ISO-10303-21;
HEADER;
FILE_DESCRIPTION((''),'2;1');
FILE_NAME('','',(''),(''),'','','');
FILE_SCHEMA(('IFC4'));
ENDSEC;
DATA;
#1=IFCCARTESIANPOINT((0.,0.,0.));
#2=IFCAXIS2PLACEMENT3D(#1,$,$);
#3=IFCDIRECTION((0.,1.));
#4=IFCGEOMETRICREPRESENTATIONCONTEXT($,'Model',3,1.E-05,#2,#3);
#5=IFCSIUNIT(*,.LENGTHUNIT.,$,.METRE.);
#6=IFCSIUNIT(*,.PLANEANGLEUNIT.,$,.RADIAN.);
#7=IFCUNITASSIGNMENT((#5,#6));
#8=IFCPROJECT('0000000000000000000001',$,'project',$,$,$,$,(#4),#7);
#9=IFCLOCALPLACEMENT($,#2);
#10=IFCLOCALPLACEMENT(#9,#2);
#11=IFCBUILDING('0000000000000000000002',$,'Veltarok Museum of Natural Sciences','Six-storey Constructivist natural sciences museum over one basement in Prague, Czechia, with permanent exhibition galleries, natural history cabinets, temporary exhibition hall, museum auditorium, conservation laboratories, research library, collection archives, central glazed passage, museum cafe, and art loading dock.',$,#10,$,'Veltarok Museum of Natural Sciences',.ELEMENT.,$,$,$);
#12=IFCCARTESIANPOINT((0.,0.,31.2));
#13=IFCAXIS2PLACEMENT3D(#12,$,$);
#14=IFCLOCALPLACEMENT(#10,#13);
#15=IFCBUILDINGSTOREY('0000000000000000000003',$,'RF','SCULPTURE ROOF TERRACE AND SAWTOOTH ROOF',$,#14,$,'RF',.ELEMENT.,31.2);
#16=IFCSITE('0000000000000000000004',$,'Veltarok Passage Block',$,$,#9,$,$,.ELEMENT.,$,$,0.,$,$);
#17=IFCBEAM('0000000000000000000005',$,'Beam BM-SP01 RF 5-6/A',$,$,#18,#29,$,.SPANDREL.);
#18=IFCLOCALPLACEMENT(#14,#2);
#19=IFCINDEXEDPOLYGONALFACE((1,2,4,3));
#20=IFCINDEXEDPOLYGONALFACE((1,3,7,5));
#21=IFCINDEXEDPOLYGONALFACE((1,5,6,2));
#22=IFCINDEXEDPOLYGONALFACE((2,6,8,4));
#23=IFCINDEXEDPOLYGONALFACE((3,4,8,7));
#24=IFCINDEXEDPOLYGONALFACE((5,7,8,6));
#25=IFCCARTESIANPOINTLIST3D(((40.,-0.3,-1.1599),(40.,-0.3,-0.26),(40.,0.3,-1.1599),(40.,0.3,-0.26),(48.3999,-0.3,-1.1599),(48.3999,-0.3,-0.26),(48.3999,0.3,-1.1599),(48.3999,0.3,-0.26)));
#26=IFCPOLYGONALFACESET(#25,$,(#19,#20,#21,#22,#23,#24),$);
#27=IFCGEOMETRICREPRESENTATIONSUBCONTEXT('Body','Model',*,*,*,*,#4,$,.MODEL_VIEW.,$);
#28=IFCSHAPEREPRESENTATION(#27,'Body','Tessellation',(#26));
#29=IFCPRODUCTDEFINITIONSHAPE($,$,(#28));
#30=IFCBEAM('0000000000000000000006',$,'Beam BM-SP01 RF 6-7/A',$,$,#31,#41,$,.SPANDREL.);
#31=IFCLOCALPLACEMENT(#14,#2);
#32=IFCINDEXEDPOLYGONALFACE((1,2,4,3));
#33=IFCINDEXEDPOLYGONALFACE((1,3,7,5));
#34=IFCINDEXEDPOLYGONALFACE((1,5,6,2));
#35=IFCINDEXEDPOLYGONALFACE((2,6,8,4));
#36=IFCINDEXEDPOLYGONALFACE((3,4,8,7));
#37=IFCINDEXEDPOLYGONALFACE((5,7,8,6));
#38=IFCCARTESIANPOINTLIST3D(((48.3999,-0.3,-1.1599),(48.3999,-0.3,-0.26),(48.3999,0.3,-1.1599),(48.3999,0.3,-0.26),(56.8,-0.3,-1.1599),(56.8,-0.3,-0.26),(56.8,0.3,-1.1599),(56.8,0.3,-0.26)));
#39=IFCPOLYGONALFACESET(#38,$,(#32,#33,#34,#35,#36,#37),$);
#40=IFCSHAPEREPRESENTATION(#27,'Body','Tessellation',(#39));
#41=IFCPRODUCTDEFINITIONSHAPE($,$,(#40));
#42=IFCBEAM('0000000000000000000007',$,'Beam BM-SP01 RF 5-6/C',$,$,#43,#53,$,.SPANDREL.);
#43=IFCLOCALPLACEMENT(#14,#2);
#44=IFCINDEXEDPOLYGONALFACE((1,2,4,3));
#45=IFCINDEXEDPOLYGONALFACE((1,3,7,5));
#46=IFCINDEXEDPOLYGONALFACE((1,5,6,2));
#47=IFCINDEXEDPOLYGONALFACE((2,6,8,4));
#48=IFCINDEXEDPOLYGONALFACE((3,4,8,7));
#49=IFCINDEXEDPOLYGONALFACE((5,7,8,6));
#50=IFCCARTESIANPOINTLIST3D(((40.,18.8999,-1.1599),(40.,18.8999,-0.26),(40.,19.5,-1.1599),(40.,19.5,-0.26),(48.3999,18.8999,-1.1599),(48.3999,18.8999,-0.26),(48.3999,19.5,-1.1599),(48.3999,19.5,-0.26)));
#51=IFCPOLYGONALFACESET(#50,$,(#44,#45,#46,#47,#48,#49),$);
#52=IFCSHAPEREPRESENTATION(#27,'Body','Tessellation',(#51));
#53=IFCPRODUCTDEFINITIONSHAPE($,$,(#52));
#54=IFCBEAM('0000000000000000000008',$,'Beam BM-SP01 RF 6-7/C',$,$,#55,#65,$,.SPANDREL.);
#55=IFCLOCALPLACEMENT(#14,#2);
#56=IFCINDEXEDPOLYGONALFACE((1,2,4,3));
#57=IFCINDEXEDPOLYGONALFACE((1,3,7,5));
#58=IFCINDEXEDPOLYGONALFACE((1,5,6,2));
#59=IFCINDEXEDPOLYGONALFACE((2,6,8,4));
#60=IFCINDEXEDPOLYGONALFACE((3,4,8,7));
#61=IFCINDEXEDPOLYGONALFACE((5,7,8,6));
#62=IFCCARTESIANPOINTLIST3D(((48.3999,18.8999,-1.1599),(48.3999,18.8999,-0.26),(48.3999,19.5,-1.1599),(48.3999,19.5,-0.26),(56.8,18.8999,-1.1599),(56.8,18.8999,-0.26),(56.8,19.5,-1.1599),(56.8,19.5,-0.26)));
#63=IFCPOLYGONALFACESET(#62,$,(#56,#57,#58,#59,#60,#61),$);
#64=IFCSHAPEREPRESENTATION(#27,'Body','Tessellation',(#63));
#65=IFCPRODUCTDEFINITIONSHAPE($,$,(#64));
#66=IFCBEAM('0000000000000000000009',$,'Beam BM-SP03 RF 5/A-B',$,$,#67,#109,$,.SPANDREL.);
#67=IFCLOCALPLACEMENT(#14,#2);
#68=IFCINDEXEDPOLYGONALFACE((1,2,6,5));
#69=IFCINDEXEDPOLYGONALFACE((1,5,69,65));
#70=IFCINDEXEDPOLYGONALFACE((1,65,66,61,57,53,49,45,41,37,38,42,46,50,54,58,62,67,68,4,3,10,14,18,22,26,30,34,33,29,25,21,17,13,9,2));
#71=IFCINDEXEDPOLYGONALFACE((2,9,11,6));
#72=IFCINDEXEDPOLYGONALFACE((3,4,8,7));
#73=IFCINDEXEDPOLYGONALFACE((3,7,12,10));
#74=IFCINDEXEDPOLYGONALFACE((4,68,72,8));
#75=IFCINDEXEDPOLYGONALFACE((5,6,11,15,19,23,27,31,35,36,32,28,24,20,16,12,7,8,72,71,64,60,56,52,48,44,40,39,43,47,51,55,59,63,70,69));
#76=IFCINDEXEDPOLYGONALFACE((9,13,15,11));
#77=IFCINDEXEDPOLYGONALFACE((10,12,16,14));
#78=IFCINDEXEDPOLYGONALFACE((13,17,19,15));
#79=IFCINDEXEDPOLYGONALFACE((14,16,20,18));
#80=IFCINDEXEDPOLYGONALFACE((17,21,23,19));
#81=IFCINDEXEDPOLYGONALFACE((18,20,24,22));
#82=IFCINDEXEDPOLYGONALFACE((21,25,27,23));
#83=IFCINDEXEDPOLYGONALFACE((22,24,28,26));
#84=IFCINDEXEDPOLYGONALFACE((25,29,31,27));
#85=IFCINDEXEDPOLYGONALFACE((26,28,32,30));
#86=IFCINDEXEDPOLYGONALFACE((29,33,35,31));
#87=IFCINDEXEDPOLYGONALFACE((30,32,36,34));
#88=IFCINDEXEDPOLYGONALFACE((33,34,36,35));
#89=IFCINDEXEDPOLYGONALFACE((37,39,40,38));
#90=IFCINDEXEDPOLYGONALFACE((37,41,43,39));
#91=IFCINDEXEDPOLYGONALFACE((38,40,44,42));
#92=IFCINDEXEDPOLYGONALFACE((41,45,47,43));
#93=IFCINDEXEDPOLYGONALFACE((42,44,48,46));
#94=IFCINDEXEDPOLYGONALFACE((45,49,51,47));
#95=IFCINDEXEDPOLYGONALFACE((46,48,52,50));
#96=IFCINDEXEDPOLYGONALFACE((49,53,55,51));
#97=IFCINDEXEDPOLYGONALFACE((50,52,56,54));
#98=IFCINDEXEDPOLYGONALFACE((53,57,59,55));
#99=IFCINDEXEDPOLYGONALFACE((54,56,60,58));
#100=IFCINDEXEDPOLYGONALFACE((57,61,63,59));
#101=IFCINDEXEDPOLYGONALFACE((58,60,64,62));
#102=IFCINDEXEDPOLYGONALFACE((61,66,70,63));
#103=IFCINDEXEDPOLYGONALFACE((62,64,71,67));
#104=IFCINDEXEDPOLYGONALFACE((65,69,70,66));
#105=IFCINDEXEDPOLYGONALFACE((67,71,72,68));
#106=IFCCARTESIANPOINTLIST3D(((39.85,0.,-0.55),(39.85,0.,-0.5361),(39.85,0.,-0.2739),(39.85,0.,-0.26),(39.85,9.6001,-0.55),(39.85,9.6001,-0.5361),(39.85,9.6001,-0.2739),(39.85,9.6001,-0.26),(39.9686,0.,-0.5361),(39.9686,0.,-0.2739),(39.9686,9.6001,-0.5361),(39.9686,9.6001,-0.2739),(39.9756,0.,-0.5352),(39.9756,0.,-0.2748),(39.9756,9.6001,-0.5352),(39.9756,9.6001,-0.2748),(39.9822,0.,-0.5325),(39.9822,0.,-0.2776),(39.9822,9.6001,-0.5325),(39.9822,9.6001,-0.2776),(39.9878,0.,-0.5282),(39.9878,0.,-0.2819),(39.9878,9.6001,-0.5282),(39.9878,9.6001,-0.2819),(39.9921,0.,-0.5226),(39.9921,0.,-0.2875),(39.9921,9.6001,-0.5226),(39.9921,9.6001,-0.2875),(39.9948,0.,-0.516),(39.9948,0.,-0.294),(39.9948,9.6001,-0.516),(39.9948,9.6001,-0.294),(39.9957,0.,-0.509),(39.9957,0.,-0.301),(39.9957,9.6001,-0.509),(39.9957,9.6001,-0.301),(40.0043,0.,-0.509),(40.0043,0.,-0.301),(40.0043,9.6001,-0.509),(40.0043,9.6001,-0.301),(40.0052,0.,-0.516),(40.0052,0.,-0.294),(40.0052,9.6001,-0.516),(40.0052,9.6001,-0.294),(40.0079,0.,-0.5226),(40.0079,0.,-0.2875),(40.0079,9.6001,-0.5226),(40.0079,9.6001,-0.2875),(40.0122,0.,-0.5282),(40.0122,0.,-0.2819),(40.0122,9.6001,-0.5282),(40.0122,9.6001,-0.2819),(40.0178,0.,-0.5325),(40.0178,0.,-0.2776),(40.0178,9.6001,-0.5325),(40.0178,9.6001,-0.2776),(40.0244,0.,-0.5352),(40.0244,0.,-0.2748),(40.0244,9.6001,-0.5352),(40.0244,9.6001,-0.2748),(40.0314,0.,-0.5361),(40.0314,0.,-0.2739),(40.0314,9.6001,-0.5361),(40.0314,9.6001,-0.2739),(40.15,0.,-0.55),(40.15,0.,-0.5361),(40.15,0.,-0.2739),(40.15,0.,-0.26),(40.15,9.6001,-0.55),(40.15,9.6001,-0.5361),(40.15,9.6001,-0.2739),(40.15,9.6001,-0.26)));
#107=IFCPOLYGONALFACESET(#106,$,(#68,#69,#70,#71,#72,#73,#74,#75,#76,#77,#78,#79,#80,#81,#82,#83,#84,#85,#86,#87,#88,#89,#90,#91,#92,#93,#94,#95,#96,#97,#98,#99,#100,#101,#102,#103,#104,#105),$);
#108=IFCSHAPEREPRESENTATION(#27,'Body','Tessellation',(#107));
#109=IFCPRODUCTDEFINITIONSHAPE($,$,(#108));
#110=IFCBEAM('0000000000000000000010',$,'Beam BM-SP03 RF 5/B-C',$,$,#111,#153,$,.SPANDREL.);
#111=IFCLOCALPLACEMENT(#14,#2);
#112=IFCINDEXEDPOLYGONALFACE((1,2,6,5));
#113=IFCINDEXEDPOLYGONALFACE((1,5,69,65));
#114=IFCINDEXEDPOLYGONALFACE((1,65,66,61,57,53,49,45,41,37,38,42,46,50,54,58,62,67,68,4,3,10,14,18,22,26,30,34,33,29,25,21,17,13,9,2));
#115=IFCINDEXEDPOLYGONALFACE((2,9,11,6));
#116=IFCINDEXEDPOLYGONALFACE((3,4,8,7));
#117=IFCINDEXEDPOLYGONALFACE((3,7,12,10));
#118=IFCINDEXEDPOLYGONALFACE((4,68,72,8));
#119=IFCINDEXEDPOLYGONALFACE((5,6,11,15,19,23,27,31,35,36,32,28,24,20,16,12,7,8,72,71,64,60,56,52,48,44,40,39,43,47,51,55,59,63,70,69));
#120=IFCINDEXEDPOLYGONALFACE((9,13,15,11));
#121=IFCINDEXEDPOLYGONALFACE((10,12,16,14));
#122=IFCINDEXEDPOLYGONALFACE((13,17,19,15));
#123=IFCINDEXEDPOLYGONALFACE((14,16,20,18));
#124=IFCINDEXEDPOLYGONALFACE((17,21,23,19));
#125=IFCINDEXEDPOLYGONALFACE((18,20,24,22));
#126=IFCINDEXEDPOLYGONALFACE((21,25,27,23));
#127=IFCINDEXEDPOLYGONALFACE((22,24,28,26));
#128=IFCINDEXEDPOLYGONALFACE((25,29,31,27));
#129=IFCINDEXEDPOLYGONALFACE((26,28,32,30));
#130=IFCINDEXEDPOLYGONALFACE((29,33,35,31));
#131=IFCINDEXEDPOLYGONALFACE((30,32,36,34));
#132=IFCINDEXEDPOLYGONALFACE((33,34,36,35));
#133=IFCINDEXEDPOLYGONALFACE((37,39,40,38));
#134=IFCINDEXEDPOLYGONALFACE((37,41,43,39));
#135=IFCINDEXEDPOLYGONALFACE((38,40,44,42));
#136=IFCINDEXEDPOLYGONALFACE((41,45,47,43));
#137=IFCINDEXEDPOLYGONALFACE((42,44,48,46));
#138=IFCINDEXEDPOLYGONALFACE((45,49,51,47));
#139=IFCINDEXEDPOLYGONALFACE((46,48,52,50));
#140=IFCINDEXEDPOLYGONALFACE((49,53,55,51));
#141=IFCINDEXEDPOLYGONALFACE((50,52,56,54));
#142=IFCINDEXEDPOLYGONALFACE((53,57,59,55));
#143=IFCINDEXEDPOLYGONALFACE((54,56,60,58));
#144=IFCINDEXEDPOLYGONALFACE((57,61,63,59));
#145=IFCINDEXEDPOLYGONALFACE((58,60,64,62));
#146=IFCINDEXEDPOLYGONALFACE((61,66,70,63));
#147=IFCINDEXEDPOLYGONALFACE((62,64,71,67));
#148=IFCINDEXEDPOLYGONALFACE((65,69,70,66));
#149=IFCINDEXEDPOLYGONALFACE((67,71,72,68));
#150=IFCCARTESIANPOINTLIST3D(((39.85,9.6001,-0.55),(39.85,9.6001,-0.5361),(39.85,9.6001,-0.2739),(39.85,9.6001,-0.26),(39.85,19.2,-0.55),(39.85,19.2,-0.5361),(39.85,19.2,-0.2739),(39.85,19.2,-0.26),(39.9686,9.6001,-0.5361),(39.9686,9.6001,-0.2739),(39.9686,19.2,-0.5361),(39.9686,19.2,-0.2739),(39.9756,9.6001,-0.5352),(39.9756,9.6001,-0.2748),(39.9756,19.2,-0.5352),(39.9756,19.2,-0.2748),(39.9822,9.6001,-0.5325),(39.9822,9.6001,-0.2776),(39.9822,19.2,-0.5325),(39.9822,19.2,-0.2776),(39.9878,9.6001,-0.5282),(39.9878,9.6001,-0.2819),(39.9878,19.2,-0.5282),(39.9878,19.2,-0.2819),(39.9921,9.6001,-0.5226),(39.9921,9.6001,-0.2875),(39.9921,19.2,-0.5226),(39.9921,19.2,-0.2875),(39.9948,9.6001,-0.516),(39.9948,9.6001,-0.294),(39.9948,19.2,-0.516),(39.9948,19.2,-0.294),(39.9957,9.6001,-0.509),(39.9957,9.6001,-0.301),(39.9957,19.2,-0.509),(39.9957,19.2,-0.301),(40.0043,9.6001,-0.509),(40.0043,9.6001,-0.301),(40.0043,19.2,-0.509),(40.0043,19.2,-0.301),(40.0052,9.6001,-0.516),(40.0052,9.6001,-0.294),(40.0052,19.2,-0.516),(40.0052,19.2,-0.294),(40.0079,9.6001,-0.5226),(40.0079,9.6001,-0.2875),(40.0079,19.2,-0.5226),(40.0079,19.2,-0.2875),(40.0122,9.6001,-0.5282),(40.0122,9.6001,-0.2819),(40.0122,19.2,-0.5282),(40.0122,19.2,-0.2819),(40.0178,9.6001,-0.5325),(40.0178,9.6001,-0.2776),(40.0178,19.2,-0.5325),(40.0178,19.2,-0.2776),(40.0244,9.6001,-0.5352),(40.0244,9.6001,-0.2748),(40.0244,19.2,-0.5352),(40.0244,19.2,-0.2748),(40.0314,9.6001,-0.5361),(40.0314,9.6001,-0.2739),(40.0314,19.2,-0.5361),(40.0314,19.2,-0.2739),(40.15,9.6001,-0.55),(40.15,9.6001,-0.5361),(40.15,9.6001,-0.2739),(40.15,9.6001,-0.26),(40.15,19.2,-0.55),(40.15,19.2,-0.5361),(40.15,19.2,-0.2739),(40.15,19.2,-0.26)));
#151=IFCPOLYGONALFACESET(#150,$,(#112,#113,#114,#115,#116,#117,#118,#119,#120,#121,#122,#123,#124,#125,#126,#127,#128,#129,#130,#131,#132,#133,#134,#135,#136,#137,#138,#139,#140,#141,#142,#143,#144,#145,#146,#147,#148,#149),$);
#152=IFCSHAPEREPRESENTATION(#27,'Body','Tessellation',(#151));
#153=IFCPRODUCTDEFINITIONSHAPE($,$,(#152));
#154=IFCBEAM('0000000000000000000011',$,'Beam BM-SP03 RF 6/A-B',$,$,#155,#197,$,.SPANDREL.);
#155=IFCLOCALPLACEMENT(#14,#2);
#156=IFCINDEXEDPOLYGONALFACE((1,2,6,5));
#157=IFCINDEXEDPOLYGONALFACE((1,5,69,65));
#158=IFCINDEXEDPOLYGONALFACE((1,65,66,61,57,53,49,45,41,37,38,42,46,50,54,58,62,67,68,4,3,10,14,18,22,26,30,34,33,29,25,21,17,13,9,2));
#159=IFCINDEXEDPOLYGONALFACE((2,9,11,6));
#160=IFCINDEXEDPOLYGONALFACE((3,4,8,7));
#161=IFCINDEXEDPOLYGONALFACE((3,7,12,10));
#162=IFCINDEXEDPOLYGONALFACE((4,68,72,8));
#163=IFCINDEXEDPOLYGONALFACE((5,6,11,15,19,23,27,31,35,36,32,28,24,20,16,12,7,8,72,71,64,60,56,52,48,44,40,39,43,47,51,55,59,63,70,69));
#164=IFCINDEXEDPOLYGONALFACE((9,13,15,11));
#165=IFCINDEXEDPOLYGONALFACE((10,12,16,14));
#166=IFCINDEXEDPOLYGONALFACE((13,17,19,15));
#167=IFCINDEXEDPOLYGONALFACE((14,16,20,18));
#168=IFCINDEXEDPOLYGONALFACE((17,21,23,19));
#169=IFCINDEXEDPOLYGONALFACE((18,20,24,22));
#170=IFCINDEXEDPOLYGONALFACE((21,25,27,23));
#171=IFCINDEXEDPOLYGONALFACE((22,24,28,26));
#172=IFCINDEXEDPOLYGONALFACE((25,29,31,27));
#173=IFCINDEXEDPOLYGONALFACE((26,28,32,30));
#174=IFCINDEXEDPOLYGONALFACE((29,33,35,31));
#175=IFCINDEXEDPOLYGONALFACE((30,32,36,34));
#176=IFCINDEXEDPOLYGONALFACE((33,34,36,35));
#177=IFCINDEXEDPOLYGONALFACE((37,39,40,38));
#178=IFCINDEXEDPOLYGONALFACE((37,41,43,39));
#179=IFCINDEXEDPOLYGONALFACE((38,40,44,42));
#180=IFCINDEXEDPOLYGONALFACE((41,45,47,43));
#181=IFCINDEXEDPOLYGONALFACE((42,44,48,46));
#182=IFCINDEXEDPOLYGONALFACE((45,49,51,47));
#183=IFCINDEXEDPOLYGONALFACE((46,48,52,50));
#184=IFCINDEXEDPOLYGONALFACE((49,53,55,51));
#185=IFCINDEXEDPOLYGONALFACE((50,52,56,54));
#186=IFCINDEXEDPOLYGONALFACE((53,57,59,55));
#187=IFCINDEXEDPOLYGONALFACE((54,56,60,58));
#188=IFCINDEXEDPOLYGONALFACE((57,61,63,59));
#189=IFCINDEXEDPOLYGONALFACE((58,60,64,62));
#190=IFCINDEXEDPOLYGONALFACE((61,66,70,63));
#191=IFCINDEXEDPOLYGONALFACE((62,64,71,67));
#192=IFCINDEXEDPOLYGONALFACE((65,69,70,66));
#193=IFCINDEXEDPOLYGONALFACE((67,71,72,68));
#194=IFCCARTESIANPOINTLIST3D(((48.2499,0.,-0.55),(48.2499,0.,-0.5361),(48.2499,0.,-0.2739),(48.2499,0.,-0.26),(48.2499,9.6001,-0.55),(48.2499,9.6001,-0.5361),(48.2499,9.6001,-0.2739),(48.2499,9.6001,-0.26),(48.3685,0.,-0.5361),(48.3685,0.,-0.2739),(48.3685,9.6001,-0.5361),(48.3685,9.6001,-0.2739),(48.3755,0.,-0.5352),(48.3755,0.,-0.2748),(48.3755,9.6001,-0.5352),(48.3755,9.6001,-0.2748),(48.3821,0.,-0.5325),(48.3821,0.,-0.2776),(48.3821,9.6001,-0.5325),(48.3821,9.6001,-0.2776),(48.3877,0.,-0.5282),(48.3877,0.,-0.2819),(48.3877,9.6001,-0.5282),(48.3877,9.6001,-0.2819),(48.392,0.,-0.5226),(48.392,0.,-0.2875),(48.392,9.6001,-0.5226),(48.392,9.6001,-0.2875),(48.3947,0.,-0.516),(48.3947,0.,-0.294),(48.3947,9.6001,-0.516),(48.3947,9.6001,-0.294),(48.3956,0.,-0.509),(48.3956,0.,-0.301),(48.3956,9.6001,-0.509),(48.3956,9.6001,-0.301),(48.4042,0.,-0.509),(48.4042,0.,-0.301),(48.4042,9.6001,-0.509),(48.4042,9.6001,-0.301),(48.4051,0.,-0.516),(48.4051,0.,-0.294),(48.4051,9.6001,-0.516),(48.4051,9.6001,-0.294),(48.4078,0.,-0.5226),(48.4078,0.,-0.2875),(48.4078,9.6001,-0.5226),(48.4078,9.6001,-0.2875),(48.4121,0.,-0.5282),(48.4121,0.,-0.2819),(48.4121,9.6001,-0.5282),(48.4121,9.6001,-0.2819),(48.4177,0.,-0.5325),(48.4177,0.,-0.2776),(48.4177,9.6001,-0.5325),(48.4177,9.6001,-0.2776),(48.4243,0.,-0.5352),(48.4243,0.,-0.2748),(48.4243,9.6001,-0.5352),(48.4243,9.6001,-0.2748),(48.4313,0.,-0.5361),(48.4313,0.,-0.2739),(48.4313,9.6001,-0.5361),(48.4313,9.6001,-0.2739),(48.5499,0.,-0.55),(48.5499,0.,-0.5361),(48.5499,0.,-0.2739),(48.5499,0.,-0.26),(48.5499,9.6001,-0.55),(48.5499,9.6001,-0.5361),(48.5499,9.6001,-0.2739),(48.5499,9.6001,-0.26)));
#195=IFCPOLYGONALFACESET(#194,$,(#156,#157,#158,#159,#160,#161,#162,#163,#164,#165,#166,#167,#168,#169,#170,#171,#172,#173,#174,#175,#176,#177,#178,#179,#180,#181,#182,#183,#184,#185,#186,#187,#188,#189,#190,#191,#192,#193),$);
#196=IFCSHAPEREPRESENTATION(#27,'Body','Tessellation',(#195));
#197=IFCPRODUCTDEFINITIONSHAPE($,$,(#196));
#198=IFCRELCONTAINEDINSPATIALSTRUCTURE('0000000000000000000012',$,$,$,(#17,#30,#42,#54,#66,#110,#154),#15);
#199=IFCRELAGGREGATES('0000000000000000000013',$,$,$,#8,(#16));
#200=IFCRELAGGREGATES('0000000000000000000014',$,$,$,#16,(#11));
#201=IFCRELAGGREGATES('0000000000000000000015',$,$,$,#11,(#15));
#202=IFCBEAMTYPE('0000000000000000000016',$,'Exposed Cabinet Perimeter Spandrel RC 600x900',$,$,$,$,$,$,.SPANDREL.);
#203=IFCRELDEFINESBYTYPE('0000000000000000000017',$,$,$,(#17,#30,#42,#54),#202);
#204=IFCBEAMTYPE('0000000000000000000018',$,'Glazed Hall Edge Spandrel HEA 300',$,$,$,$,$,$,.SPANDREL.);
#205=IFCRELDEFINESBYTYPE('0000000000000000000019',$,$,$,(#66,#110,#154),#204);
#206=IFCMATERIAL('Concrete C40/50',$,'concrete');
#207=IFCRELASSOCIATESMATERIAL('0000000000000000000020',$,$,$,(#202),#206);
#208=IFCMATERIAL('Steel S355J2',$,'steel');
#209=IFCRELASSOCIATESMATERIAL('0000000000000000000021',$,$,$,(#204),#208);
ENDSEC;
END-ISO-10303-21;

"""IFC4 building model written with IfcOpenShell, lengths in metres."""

from ifc_helpers import new_model, si_unit, direction, frame, origin, origin_2d, place, context, subcontext, project, spatial, rectangle, i_section, extrude, material, material_profile, profile_set, type_object, element, save


model = new_model("IFC4")

# Units and contexts
model_context = context("Model", 3, precision=1e-05, world=origin(), true_north=direction((0.0, 1.0)))
body_context = subcontext(model_context, "Body", "Model", "MODEL_VIEW")
ifc_project = project(units=[si_unit("LENGTHUNIT", "METRE"), si_unit("PLANEANGLEUNIT", "RADIAN")], contexts=[model_context])

# Site, building, storey
site_placement = place(None, origin())
site = spatial("IfcSite", under=ifc_project, at=site_placement, Name="Veltarok Passage Block", CompositionType="ELEMENT", RefElevation=0.0)
building_placement = place(site_placement, origin())
building = spatial("IfcBuilding", under=site, at=building_placement, Name="Veltarok Museum of Natural Sciences", Description="Six-storey Constructivist natural sciences museum over one basement in Prague, Czechia, with permanent exhibition galleries, natural history cabinets, temporary exhibition hall, museum auditorium, conservation laboratories, research library, collection archives, central glazed passage, museum cafe, and art loading dock.", LongName="Veltarok Museum of Natural Sciences", CompositionType="ELEMENT")
storey_placement = place(building_placement, frame((0.0, 0.0, 31.2)))
storey = spatial("IfcBuildingStorey", under=building, at=storey_placement, Name="RF", Description="SCULPTURE ROOF TERRACE AND SAWTOOTH ROOF", LongName="RF", CompositionType="ELEMENT", Elevation=31.2)

# Beams
ifc_material_1 = material(Name="Concrete C40/50", Category="concrete")
ifc_material_profile_1 = material_profile(ifc_material_1, rectangle(XDim=0.6001, YDim=0.8999, at=origin_2d()), Name="RC 600x900")
ifc_profile_set_1 = profile_set([ifc_material_profile_1], Name="Concrete C40/50")
beam_type_1 = type_object("IfcBeamType", Name="Exposed Cabinet Perimeter Spandrel RC 600x900", PredefinedType="SPANDREL", material=ifc_profile_set_1)
beam_1_placement = place(storey_placement, frame((40.0, 0.0, -0.71), z_axis=(1.0, 0.0, 0.0), x_axis=(0.0, 1.0, 0.0)))
element("IfcBeam", 1, at=beam_1_placement, inside=storey, type_object=beam_type_1, Name="Beam BM-SP01 RF 5-6/A", PredefinedType="SPANDREL", context=body_context, shape_type="SweptSolid", body=[
    extrude(rectangle(XDim=0.6001, YDim=0.8999, at=origin_2d()), origin(), (0.0, 0.0, 1.0), 8.3999),
])
beam_2_placement = place(storey_placement, frame((48.3999, 0.0, -0.71), z_axis=(1.0, 0.0, 0.0), x_axis=(0.0, 1.0, 0.0)))
element("IfcBeam", 2, at=beam_2_placement, inside=storey, type_object=beam_type_1, Name="Beam BM-SP01 RF 6-7/A", PredefinedType="SPANDREL", context=body_context, shape_type="SweptSolid", body=[
    extrude(rectangle(XDim=0.6001, YDim=0.8999, at=origin_2d()), origin(), (0.0, 0.0, 1.0), 8.4001),
])
beam_3_placement = place(storey_placement, frame((40.0, 19.2, -0.71), z_axis=(1.0, 0.0, 0.0), x_axis=(0.0, 1.0, 0.0)))
element("IfcBeam", 3, at=beam_3_placement, inside=storey, type_object=beam_type_1, Name="Beam BM-SP01 RF 5-6/C", PredefinedType="SPANDREL", context=body_context, shape_type="SweptSolid", body=[
    extrude(rectangle(XDim=0.6001, YDim=0.8999, at=origin_2d()), origin(), (0.0, 0.0, 1.0), 8.3999),
])
beam_4_placement = place(storey_placement, frame((48.3999, 19.2, -0.71), z_axis=(1.0, 0.0, 0.0), x_axis=(0.0, 1.0, 0.0)))
element("IfcBeam", 4, at=beam_4_placement, inside=storey, type_object=beam_type_1, Name="Beam BM-SP01 RF 6-7/C", PredefinedType="SPANDREL", context=body_context, shape_type="SweptSolid", body=[
    extrude(rectangle(XDim=0.6001, YDim=0.8999, at=origin_2d()), origin(), (0.0, 0.0, 1.0), 8.4001),
])
ifc_material_2 = material(Name="Steel S355J2", Category="steel")
ifc_material_profile_2 = material_profile(ifc_material_2, i_section(OverallWidth=0.3, OverallDepth=0.29, WebThickness=0.0085, FlangeThickness=0.0139, FilletRadius=0.0271, at=origin_2d()), Name="HEA 300")
ifc_profile_set_2 = profile_set([ifc_material_profile_2], Name="Steel S355J2")
beam_type_2 = type_object("IfcBeamType", Name="Glazed Hall Edge Spandrel HEA 300", PredefinedType="SPANDREL", material=ifc_profile_set_2)
beam_5_placement = place(storey_placement, frame((40.0, 0.0, -0.405), z_axis=(0.0, 1.0, 0.0), x_axis=(-1.0, 0.0, 0.0)))
element("IfcBeam", 5, at=beam_5_placement, inside=storey, type_object=beam_type_2, Name="Beam BM-SP03 RF 5/A-B", PredefinedType="SPANDREL", context=body_context, shape_type="SweptSolid", body=[
    extrude(i_section(OverallWidth=0.3, OverallDepth=0.29, WebThickness=0.0085, FlangeThickness=0.0139, FilletRadius=0.0271, at=origin_2d()), origin(), (0.0, 0.0, 1.0), 9.6001),
])
beam_6_placement = place(storey_placement, frame((40.0, 9.6001, -0.405), z_axis=(0.0, 1.0, 0.0), x_axis=(-1.0, 0.0, 0.0)))
element("IfcBeam", 6, at=beam_6_placement, inside=storey, type_object=beam_type_2, Name="Beam BM-SP03 RF 5/B-C", PredefinedType="SPANDREL", context=body_context, shape_type="SweptSolid", body=[
    extrude(i_section(OverallWidth=0.3, OverallDepth=0.29, WebThickness=0.0085, FlangeThickness=0.0139, FilletRadius=0.0271, at=origin_2d()), origin(), (0.0, 0.0, 1.0), 9.5999),
])
beam_7_placement = place(storey_placement, frame((48.3999, 0.0, -0.405), z_axis=(0.0, 1.0, 0.0), x_axis=(-1.0, 0.0, 0.0)))
element("IfcBeam", 7, at=beam_7_placement, inside=storey, type_object=beam_type_2, Name="Beam BM-SP03 RF 6/A-B", PredefinedType="SPANDREL", context=body_context, shape_type="SweptSolid", body=[
    extrude(i_section(OverallWidth=0.3, OverallDepth=0.29, WebThickness=0.0085, FlangeThickness=0.0139, FilletRadius=0.0271, at=origin_2d()), origin(), (0.0, 0.0, 1.0), 9.6001),
])

save(model, "model.ifc")
